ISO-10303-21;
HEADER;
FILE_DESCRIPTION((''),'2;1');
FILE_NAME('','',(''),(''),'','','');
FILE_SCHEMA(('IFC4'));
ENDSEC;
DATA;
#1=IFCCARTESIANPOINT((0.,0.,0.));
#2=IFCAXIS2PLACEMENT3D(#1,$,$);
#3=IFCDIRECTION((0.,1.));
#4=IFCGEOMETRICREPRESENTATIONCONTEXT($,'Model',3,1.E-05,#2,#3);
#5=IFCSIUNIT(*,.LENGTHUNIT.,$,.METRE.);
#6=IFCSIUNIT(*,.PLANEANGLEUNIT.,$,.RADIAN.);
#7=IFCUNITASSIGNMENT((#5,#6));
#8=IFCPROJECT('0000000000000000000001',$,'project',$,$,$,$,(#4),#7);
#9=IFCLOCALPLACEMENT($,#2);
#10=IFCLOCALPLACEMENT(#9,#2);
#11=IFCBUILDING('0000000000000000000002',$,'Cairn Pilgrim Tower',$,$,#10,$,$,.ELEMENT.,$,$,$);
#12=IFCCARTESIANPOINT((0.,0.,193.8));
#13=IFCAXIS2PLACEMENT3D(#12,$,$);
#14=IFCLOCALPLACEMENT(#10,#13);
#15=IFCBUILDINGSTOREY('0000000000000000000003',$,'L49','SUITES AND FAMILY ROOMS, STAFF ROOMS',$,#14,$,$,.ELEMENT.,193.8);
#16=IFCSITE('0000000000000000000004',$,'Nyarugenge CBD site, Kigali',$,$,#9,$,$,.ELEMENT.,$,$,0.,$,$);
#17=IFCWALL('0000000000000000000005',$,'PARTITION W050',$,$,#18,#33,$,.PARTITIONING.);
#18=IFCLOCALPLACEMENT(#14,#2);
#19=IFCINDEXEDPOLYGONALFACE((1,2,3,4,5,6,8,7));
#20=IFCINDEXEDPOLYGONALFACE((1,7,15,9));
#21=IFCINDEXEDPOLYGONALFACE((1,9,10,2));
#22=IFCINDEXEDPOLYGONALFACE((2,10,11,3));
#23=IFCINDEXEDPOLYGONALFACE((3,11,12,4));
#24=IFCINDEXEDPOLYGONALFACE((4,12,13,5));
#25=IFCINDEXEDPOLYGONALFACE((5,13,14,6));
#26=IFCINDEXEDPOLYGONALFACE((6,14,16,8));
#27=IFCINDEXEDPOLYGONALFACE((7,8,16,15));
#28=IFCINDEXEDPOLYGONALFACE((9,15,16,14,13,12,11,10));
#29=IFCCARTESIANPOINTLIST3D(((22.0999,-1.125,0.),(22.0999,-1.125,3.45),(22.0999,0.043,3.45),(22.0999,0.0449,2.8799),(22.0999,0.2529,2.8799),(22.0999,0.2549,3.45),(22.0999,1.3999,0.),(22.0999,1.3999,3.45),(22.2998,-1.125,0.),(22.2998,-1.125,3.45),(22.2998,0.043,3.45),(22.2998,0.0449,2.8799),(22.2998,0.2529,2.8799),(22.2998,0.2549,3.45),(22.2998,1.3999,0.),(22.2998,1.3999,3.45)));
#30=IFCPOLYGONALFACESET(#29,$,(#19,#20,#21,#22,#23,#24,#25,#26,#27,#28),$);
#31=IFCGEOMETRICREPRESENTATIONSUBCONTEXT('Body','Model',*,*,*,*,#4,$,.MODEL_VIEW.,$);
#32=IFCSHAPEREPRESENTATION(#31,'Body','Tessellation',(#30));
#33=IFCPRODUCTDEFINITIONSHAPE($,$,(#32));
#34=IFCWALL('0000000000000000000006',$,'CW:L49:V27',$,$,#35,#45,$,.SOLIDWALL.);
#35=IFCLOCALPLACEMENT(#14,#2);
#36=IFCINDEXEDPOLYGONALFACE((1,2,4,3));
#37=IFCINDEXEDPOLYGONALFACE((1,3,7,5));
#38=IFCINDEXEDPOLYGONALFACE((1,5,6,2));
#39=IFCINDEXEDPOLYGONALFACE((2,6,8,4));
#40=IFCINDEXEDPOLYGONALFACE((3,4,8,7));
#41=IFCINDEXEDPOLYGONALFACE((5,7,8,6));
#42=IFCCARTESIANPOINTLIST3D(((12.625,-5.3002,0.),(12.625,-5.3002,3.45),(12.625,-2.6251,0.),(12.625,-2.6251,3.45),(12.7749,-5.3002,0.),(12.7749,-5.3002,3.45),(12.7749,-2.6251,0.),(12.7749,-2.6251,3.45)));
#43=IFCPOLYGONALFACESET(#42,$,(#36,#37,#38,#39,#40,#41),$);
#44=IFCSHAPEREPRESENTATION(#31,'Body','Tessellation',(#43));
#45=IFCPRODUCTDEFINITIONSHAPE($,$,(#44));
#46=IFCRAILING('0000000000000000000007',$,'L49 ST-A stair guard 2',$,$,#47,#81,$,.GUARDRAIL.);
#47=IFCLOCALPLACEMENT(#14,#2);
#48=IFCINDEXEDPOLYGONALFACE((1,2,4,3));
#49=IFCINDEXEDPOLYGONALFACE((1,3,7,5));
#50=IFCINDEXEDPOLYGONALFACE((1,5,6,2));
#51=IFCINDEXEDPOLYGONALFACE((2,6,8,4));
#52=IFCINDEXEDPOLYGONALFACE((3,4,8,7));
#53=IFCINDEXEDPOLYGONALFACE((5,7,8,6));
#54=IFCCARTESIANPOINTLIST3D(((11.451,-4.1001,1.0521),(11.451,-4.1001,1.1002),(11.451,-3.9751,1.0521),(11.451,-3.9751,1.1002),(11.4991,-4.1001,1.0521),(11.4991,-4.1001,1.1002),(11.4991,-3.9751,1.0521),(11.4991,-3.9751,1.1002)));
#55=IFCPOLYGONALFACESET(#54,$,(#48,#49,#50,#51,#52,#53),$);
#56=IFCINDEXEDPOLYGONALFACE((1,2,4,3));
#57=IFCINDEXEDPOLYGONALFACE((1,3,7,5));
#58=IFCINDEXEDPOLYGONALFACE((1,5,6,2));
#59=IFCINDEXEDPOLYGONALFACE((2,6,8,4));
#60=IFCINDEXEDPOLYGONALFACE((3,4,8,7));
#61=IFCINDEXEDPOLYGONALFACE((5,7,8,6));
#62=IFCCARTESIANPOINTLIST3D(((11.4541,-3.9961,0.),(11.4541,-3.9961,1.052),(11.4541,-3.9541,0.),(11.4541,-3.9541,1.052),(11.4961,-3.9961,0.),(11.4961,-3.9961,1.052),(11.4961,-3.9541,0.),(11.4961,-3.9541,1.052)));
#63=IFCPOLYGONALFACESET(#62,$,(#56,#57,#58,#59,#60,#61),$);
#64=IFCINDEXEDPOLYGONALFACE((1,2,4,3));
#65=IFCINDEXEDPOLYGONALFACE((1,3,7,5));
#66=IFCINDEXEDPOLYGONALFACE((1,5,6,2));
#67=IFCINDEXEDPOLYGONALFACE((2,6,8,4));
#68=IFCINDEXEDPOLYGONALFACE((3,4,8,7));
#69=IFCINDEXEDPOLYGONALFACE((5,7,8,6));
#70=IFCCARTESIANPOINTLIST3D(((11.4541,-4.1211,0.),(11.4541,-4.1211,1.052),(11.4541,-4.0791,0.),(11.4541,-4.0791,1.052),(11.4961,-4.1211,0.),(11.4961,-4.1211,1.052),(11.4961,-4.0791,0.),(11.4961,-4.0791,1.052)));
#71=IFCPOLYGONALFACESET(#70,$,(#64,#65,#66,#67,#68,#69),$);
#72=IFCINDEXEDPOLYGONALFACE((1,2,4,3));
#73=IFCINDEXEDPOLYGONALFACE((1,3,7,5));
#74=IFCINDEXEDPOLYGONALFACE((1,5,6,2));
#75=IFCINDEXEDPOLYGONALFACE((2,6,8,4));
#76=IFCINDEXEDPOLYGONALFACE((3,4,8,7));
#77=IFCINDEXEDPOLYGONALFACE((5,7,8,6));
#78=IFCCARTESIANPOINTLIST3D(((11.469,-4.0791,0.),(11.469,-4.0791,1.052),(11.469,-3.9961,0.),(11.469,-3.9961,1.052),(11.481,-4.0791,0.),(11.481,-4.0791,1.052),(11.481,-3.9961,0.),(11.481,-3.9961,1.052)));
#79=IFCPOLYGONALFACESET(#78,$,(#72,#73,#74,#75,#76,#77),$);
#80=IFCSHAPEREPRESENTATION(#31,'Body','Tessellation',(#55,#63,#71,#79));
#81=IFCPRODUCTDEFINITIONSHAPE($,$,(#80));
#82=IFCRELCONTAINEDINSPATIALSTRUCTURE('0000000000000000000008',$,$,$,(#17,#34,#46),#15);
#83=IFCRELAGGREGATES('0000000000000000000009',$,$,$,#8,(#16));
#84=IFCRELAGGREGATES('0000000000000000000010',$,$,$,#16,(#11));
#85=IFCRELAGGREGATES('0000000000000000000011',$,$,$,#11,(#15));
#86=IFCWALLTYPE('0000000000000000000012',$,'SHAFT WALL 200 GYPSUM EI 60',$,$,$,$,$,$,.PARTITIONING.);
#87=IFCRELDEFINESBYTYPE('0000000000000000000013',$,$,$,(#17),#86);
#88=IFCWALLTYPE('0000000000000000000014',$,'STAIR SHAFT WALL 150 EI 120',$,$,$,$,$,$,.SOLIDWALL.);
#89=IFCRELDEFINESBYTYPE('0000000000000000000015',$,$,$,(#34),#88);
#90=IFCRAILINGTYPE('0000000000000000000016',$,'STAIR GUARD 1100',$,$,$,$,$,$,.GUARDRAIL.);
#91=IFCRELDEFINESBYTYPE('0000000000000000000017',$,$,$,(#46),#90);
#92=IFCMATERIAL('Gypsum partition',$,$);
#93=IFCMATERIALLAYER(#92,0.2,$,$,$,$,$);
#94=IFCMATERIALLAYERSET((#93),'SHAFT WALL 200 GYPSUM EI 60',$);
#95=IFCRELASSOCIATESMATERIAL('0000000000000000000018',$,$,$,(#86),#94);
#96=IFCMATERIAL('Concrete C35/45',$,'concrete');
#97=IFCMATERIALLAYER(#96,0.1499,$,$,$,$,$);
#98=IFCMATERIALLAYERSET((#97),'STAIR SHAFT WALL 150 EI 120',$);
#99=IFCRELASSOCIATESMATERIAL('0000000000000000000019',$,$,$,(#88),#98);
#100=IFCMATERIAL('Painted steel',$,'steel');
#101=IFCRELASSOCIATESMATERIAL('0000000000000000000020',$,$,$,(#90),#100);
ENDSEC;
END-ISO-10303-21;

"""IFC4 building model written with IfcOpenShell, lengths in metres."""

from ifc_helpers import new_model, si_unit, direction, frame, frame_2d, origin, origin_2d, place, context, subcontext, project, spatial, polyline, rectangle, outline, extrude, material, layer, layer_set, type_object, element, save


model = new_model("IFC4")

# Units and contexts
model_context = context("Model", 3, precision=1e-05, world=origin(), true_north=direction((0.0, 1.0)))
body_context = subcontext(model_context, "Body", "Model", "MODEL_VIEW")
ifc_project = project(units=[si_unit("LENGTHUNIT", "METRE"), si_unit("PLANEANGLEUNIT", "RADIAN")], contexts=[model_context])

# Site, building, storey
site_placement = place(None, origin())
site = spatial("IfcSite", under=ifc_project, at=site_placement, Name="Nyarugenge CBD site, Kigali", CompositionType="ELEMENT", RefElevation=0.0)
building_placement = place(site_placement, origin())
building = spatial("IfcBuilding", under=site, at=building_placement, Name="Cairn Pilgrim Tower", CompositionType="ELEMENT")
storey_placement = place(building_placement, frame((0.0, 0.0, 193.8)))
storey = spatial("IfcBuildingStorey", under=building, at=storey_placement, Name="L49", Description="SUITES AND FAMILY ROOMS, STAFF ROOMS", CompositionType="ELEMENT", Elevation=193.8)

# Shared definitions
ifc_material_1 = material(Name="Painted steel", Category="steel")

# Shared definitions
ifc_material_2 = material(Name="Gypsum partition")

# Walls
ifc_layer_1 = layer(ifc_material_2, 0.2)
ifc_layer_set_1 = layer_set([ifc_layer_1], Name="SHAFT WALL 200 GYPSUM EI 60")
wall_type_1 = type_object("IfcWallType", Name="SHAFT WALL 200 GYPSUM EI 60", PredefinedType="PARTITIONING", material=ifc_layer_set_1)
wall_1_placement = place(storey_placement, frame((22.2, -1.125, 0.0), z_axis=(0.0, 0.0, 1.0), x_axis=(0.0, 1.0, 0.0)))
element("IfcWall", 1, at=wall_1_placement, inside=storey, type_object=wall_type_1, Name="PARTITION W050", PredefinedType="PARTITIONING", context=body_context, shape_type="SweptSolid", body=[
    extrude(outline(polyline([(0.0, 0.0), (2.5249, 0.0), (2.5249, 3.45), (1.3799, 3.45), (1.3779, 2.8799), (1.1699, 2.8799), (1.168, 3.45), (0.0, 3.45), (0.0, 0.0)])), frame((0.0, 0.1001, 0.0), z_axis=(0.0, -1.0, 0.0), x_axis=(1.0, 0.0, 0.0)), (0.0, 0.0, 1.0), 0.2),
])
ifc_material_3 = material(Name="Concrete C35/45", Category="concrete")
ifc_layer_2 = layer(ifc_material_3, 0.1499)
ifc_layer_set_2 = layer_set([ifc_layer_2], Name="STAIR SHAFT WALL 150 EI 120")
wall_type_2 = type_object("IfcWallType", Name="STAIR SHAFT WALL 150 EI 120", PredefinedType="SOLIDWALL", material=ifc_layer_set_2)
wall_2_placement = place(storey_placement, frame((12.7, -5.3, 0.0), z_axis=(0.0, 0.0, 1.0), x_axis=(0.0, 1.0, 0.0)))
element("IfcWall", 2, at=wall_2_placement, inside=storey, type_object=wall_type_2, Name="CW:L49:V27", PredefinedType="SOLIDWALL", context=body_context, shape_type="SweptSolid", body=[
    extrude(rectangle(XDim=2.675, YDim=0.1499, at=frame_2d((1.3374, 0.0))), origin(), (0.0, 0.0, 1.0), 3.45),
])

# Railing
railing_type_1 = type_object("IfcRailingType", Name="STAIR GUARD 1100", PredefinedType="GUARDRAIL", material=ifc_material_1)
railing_1_placement = place(storey_placement, frame((11.4751, -3.9751, 0.0)))
element("IfcRailing", 3, at=railing_1_placement, inside=storey, type_object=railing_type_1, Name="L49 ST-A stair guard 2", PredefinedType="GUARDRAIL", context=body_context, shape_type="SweptSolid", body=[
    extrude(rectangle(XDim=0.0481, YDim=0.0481, at=origin_2d()), frame((0.0, 0.0, 1.0762), z_axis=(0.0, -1.0, 0.0), x_axis=(1.0, 0.0, 0.0)), (0.0, 0.0, 1.0), 0.125),
    extrude(rectangle(XDim=0.042, YDim=0.042, at=origin_2d()), origin(), (0.0, 0.0, 1.0), 1.052),
    extrude(rectangle(XDim=0.042, YDim=0.042, at=origin_2d()), frame((0.0, -0.125, 0.0)), (0.0, 0.0, 1.0), 1.052),
    extrude(outline(polyline([(0.021, 0.0), (0.104, 0.0), (0.104, 1.052), (0.021, 1.052), (0.021, 0.0)])), frame((0.0059, 0.0, 0.0), z_axis=(-1.0, 0.0, 0.0), x_axis=(0.0, -1.0, 0.0)), (0.0, 0.0, 1.0), 0.012),
])

save(model, "model.ifc")
